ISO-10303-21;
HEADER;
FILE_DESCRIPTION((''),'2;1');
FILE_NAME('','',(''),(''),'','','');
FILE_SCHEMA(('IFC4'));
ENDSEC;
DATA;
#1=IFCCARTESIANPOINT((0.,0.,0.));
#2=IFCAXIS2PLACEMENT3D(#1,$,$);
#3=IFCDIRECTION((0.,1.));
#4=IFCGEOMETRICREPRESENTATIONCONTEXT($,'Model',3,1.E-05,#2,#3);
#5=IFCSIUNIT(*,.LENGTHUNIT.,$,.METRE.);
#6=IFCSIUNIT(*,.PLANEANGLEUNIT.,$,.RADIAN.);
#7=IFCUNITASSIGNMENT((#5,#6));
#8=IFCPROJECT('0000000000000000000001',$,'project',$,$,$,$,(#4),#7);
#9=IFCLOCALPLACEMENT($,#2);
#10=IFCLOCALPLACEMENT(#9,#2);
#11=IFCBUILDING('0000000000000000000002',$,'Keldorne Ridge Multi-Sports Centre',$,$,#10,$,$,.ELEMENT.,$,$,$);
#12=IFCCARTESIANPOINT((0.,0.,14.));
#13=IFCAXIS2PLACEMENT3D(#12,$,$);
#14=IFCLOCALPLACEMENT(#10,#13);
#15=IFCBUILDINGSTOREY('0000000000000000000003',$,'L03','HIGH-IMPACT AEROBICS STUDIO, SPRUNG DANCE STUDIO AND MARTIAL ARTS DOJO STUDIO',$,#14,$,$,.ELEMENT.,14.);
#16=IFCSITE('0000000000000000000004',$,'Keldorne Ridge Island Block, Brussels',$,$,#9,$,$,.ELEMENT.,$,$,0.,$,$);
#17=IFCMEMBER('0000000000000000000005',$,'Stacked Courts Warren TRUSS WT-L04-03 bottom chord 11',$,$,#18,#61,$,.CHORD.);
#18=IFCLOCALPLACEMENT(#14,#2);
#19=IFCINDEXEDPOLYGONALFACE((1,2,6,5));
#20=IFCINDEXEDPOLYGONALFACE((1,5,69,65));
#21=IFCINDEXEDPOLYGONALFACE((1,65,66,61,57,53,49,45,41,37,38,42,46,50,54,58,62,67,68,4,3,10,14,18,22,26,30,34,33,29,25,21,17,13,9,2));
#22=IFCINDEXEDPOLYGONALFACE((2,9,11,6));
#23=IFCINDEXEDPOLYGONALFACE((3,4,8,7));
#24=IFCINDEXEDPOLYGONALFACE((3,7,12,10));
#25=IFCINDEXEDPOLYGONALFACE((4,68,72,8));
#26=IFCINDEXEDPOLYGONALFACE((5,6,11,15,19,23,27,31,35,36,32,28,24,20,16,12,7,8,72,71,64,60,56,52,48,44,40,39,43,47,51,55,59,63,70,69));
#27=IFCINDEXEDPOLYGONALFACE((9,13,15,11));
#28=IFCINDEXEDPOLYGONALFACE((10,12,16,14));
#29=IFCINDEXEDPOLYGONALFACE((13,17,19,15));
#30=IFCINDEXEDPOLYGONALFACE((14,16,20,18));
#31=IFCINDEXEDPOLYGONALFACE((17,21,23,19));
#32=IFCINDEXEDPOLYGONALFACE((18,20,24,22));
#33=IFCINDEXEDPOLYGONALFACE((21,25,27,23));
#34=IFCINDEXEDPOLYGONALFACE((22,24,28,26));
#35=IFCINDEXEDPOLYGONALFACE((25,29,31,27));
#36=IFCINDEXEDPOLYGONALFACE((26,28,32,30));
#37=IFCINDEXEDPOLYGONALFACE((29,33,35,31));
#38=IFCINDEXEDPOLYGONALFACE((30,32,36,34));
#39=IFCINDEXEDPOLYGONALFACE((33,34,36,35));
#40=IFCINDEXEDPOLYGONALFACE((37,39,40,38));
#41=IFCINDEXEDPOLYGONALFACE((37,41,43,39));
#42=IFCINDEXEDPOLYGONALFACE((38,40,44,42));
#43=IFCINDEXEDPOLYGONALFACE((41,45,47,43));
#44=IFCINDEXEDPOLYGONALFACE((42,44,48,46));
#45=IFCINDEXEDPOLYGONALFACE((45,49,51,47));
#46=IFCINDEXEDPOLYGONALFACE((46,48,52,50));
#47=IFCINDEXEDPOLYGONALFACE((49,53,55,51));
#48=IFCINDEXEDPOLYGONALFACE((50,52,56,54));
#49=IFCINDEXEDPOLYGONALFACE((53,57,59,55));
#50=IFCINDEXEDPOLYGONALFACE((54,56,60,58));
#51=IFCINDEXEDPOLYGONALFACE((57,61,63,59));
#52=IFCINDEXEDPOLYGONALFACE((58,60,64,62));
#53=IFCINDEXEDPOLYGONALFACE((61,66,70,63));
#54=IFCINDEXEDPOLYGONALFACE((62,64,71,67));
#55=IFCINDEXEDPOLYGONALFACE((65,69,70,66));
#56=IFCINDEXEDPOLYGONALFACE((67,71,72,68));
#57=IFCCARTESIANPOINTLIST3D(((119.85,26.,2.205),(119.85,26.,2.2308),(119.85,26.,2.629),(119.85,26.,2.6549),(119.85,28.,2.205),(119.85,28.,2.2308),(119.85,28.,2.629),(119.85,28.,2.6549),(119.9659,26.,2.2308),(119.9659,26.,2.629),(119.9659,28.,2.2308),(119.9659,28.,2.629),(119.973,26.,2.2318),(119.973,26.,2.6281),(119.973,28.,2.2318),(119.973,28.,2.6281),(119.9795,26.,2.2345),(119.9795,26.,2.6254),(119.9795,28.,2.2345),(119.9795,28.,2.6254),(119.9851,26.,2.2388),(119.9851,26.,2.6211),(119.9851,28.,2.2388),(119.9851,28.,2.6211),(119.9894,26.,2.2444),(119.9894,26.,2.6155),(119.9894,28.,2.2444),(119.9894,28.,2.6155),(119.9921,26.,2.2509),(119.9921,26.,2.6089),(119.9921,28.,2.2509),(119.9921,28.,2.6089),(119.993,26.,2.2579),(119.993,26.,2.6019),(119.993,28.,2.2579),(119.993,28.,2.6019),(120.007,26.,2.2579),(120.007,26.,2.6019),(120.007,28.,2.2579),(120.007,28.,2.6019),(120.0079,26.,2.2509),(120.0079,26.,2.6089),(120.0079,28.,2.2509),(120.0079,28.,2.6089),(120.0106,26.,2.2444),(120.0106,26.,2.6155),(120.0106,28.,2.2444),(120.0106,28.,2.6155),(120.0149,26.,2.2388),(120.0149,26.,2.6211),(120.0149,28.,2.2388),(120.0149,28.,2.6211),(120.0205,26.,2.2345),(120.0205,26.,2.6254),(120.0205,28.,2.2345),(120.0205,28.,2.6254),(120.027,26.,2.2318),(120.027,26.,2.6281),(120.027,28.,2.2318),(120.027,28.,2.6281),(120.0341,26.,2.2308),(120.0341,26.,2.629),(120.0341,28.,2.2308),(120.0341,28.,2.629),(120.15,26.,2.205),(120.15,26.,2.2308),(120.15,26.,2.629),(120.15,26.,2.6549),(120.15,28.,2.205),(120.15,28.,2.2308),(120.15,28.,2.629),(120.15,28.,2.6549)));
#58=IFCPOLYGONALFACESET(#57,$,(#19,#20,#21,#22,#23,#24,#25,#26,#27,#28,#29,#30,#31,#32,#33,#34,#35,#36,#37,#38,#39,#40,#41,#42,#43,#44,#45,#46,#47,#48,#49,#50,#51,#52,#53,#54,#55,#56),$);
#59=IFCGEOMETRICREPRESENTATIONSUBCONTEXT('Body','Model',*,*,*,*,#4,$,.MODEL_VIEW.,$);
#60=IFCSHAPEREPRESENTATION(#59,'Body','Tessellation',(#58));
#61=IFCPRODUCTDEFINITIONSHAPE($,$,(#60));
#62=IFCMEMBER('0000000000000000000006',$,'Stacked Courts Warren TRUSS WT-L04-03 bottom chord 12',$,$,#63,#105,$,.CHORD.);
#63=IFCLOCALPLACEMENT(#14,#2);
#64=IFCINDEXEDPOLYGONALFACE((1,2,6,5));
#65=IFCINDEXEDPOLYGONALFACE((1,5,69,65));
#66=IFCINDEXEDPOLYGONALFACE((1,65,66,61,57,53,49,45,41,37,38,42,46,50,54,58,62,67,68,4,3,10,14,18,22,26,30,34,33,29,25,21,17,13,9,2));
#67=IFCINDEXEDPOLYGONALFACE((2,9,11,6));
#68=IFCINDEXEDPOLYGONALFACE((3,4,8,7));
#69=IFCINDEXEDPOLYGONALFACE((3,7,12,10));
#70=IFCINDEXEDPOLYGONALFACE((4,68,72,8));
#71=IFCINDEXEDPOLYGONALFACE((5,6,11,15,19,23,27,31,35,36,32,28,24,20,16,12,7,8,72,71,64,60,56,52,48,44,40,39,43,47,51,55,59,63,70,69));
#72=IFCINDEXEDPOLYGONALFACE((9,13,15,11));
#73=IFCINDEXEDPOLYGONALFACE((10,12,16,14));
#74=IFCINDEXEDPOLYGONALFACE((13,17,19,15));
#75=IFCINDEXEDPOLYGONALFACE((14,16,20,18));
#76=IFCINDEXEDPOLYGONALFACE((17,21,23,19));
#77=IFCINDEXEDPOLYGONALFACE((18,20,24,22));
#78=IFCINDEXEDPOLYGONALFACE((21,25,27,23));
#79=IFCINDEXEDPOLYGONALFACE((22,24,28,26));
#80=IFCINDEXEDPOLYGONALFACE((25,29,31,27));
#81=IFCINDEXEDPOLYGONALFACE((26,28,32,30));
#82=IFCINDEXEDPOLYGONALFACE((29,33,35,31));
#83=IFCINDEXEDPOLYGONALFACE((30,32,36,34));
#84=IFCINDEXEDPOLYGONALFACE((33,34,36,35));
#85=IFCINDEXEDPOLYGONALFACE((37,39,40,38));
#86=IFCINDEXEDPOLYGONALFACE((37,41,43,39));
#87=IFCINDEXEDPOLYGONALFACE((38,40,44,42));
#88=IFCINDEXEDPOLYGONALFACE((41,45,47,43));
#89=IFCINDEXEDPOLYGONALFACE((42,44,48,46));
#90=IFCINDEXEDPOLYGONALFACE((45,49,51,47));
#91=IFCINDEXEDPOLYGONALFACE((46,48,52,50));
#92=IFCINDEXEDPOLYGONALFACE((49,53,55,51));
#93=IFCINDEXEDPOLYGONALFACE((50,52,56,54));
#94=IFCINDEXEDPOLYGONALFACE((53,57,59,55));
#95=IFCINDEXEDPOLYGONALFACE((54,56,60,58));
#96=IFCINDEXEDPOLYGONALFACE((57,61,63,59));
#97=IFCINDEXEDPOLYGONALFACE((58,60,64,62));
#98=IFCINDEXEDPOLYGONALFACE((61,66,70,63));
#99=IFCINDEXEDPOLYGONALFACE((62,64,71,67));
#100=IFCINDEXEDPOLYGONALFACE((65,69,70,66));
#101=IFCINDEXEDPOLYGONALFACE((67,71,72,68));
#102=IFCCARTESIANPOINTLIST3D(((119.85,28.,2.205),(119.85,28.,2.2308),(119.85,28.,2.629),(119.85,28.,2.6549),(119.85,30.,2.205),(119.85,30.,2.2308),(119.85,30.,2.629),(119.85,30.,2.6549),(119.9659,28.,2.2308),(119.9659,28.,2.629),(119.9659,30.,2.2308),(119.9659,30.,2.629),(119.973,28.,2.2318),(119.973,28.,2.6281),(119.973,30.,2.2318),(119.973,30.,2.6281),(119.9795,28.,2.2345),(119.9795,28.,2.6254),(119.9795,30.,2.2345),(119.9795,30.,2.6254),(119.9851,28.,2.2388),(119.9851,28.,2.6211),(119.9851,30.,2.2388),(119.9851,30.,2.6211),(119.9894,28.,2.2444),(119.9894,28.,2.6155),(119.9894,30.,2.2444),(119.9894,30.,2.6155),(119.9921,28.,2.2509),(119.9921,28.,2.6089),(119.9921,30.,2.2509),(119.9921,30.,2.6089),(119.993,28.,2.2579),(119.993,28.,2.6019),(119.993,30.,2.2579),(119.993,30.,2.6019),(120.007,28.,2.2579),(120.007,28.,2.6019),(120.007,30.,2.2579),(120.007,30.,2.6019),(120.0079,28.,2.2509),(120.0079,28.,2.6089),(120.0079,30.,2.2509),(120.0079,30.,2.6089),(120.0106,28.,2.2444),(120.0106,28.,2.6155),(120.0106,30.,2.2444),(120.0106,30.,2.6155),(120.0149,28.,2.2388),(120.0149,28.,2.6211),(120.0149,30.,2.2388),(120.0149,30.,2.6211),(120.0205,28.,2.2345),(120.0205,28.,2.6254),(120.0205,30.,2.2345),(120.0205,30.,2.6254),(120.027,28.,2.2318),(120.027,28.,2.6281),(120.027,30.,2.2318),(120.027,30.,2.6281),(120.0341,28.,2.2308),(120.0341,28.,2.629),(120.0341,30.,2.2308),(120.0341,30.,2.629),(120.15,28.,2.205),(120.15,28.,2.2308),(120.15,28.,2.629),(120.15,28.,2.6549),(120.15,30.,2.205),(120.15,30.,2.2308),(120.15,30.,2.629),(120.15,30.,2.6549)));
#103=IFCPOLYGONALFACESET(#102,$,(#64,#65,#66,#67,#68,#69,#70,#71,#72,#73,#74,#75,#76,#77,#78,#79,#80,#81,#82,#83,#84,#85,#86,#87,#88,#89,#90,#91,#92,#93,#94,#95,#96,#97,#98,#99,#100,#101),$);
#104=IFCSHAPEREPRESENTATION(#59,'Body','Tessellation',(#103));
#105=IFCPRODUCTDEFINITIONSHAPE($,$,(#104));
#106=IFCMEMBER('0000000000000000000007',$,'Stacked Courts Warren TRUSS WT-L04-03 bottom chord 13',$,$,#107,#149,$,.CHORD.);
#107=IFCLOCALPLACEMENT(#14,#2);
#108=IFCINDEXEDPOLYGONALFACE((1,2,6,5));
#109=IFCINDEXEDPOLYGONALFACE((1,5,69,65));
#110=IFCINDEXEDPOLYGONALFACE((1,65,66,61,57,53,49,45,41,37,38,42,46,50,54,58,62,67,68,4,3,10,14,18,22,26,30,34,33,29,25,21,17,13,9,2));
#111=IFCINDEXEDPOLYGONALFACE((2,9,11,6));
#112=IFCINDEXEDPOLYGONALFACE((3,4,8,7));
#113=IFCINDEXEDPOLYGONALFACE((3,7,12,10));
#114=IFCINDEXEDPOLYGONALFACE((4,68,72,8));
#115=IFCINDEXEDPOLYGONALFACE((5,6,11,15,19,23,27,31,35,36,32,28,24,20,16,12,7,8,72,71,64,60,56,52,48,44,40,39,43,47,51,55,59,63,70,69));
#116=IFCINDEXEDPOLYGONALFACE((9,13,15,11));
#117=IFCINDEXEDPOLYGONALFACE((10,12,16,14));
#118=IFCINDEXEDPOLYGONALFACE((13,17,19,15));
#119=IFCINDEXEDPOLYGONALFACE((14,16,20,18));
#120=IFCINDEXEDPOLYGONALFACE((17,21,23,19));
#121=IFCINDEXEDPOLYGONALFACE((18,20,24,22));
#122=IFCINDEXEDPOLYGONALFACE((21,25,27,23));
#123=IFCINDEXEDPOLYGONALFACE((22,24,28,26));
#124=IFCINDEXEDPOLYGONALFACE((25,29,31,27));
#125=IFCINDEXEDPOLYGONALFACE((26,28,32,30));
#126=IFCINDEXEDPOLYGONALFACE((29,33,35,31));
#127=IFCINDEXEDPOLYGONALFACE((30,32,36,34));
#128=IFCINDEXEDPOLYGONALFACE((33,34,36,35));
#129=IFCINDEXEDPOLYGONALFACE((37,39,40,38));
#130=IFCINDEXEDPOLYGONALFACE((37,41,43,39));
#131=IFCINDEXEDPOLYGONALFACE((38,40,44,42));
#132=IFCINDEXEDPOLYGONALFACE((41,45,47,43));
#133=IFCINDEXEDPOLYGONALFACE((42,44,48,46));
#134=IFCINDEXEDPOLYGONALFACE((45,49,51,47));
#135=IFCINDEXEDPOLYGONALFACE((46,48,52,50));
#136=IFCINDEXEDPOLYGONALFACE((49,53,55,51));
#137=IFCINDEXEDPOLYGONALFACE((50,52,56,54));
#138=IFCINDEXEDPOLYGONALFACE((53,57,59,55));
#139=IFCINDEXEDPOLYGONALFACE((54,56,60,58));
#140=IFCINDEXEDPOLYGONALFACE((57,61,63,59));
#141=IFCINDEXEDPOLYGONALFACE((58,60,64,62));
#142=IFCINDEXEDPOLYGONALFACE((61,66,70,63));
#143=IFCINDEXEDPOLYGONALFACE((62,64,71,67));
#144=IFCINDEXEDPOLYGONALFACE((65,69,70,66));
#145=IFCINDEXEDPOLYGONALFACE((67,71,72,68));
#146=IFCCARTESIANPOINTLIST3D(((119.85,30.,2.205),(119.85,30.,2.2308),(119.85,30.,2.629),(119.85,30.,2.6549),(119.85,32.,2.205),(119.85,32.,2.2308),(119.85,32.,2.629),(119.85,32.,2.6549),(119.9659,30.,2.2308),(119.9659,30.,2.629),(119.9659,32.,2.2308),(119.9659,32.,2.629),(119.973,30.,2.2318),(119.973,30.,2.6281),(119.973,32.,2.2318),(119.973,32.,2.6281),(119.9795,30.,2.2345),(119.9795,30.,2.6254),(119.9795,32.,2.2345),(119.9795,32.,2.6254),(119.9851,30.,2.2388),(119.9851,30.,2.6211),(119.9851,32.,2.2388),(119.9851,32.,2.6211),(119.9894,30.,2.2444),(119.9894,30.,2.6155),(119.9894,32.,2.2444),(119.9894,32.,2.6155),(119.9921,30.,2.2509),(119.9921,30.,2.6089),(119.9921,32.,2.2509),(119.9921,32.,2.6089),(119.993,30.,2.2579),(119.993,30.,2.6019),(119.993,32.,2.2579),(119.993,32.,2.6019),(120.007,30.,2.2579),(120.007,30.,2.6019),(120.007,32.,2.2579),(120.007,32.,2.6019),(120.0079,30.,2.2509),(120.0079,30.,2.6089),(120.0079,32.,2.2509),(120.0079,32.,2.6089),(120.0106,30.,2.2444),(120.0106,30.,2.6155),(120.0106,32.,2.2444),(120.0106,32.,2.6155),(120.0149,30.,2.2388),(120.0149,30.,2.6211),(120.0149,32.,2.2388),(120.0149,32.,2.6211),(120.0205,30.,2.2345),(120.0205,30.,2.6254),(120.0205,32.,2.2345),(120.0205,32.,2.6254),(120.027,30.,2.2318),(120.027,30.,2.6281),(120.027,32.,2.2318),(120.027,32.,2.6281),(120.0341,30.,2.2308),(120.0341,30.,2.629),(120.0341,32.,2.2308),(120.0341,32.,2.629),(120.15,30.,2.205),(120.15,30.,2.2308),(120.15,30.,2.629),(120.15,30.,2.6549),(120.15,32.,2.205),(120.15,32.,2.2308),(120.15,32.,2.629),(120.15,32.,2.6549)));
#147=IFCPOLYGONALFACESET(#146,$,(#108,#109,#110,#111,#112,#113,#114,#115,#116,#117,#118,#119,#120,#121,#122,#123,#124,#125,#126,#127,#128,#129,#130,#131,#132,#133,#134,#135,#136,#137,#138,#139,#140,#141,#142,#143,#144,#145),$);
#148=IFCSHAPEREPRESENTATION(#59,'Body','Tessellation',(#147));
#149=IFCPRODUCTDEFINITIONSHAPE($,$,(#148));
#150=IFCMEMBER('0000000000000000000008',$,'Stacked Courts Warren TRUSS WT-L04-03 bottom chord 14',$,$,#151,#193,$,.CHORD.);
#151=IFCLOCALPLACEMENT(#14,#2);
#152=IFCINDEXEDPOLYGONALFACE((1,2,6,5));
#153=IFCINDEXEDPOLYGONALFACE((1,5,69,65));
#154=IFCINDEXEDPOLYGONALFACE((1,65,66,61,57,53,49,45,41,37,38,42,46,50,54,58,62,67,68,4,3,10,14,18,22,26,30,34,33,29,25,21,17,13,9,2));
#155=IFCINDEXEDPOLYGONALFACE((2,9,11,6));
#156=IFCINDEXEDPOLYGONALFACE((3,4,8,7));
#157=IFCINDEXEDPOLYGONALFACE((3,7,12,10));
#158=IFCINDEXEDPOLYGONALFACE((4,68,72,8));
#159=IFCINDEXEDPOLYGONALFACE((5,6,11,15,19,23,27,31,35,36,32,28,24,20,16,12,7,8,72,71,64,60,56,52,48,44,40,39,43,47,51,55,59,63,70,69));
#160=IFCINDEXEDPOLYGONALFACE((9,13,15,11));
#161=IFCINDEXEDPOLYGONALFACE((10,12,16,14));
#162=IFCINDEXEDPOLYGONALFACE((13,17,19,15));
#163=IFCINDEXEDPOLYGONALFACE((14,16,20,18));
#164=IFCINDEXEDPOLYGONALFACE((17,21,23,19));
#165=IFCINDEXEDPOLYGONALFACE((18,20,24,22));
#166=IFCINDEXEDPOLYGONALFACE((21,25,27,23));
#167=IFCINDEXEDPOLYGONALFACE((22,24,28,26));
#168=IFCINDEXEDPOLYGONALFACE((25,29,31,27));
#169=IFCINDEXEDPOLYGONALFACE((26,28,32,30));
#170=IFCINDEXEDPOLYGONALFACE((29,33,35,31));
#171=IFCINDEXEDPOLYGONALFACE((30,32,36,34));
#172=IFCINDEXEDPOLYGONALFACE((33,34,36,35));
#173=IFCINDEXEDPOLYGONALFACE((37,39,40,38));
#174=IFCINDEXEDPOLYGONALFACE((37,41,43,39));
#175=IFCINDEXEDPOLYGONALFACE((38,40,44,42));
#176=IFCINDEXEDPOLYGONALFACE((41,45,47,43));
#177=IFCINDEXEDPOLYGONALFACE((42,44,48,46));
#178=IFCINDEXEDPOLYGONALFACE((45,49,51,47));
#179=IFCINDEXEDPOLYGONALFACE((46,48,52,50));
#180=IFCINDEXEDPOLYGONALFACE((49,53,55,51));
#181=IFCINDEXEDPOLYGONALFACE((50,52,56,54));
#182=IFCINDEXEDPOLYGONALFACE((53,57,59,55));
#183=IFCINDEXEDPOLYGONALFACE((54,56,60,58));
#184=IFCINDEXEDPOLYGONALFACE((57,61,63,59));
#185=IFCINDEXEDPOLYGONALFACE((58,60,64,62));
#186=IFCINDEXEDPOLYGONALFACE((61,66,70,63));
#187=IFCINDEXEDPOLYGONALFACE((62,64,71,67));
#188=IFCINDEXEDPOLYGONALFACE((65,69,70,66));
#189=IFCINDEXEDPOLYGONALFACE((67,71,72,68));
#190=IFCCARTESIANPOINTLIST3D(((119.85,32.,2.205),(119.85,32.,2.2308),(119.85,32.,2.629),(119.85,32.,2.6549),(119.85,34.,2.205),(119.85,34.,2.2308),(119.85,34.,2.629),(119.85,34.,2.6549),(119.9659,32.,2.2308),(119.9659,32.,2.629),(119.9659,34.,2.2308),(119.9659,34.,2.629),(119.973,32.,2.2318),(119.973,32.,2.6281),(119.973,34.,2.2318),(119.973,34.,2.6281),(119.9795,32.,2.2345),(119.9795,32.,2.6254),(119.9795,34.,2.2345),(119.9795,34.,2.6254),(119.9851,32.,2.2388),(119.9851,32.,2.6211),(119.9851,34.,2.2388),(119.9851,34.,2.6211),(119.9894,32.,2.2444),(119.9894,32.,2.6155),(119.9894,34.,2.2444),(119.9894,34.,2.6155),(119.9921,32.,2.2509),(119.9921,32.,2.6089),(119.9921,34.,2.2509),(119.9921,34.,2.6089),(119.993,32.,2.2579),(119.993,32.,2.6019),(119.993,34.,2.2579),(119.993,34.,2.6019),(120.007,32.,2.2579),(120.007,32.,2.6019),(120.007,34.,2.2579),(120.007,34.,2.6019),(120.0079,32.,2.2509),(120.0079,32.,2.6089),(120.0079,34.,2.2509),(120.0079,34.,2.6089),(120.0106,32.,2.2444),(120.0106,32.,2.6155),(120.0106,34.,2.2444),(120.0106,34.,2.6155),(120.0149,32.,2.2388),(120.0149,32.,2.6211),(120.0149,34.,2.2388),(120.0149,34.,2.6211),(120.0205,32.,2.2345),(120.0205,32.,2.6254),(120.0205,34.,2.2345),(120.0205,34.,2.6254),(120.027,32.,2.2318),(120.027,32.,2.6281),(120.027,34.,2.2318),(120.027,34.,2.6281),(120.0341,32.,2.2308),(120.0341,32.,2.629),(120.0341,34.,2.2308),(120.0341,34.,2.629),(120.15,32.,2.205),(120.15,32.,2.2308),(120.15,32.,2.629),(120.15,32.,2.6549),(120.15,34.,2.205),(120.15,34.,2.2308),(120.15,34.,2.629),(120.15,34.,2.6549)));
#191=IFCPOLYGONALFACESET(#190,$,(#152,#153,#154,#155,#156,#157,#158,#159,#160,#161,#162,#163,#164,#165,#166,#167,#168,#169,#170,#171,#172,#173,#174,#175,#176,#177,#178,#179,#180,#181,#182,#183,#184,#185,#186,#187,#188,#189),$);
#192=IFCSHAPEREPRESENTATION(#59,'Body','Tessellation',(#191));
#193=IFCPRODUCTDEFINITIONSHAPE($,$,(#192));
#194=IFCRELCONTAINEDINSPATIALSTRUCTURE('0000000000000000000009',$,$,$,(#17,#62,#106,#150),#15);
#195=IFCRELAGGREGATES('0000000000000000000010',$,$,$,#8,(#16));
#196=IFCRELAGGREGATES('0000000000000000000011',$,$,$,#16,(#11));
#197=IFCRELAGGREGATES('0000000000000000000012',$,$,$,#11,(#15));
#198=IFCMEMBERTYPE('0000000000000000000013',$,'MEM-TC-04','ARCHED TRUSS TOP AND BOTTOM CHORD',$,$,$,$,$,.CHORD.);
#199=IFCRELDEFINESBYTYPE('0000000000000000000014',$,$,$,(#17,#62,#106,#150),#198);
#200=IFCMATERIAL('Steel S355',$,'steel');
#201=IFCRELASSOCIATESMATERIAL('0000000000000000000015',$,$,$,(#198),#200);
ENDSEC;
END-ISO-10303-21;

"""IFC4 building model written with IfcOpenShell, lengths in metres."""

from ifc_helpers import new_model, si_unit, direction, frame, origin, origin_2d, place, context, subcontext, project, spatial, i_section, extrude, material, material_profile, profile_set, type_object, element, save


model = new_model("IFC4")

# Units and contexts
model_context = context("Model", 3, precision=1e-05, world=origin(), true_north=direction((0.0, 1.0)))
body_context = subcontext(model_context, "Body", "Model", "MODEL_VIEW")
ifc_project = project(units=[si_unit("LENGTHUNIT", "METRE"), si_unit("PLANEANGLEUNIT", "RADIAN")], contexts=[model_context])

# Site, building, storey
site_placement = place(None, origin())
site = spatial("IfcSite", under=ifc_project, at=site_placement, Name="Keldorne Ridge Island Block, Brussels", CompositionType="ELEMENT", RefElevation=0.0)
building_placement = place(site_placement, origin())
building = spatial("IfcBuilding", under=site, at=building_placement, Name="Keldorne Ridge Multi-Sports Centre", CompositionType="ELEMENT")
storey_placement = place(building_placement, frame((0.0, 0.0, 14.0)))
storey = spatial("IfcBuildingStorey", under=building, at=storey_placement, Name="L03", Description="HIGH-IMPACT AEROBICS STUDIO, SPRUNG DANCE STUDIO AND MARTIAL ARTS DOJO STUDIO", CompositionType="ELEMENT", Elevation=14.0)

# Members
ifc_material = material(Name="Steel S355", Category="steel")
ifc_material_profile_1 = material_profile(ifc_material, i_section(OverallWidth=0.3, OverallDepth=0.45, WebThickness=0.0139, FlangeThickness=0.0259, FilletRadius=0.0271, at=origin_2d()), Name="HEB 450")
ifc_profile_set_1 = profile_set([ifc_material_profile_1], Name="Steel S355")
member_type_1 = type_object("IfcMemberType", Name="MEM-TC-04", Description="ARCHED TRUSS TOP AND BOTTOM CHORD", PredefinedType="CHORD", material=ifc_profile_set_1)
for number, where, z_axis, x_axis, name in (
    (1, (120.0, 26.0, 2.4299), (0.0, 1.0, 0.0), (-1.0, 0.0, 0.0), "Stacked Courts Warren TRUSS WT-L04-03 bottom chord 11"),
    (2, (120.0, 28.0, 2.4299), (0.0, 1.0, 0.0), (-1.0, 0.0, 0.0), "Stacked Courts Warren TRUSS WT-L04-03 bottom chord 12"),
    (3, (120.0, 30.0, 2.4299), (0.0, 1.0, 0.0), (-1.0, 0.0, 0.0), "Stacked Courts Warren TRUSS WT-L04-03 bottom chord 13"),
    (4, (120.0, 32.0, 2.4299), (0.0, 1.0, 0.0), (-1.0, 0.0, 0.0), "Stacked Courts Warren TRUSS WT-L04-03 bottom chord 14"),
):
    element("IfcMember", number, at=place(storey_placement, frame(where, z_axis=z_axis, x_axis=x_axis)), inside=storey, type_object=member_type_1, Name=name, PredefinedType="CHORD", context=body_context, shape_type="SweptSolid", body=[
        extrude(i_section(OverallWidth=0.3, OverallDepth=0.45, WebThickness=0.0139, FlangeThickness=0.0259, FilletRadius=0.0271, at=origin_2d()), origin(), (0.0, 0.0, 1.0), 2.0),
    ])

save(model, "model.ifc")
